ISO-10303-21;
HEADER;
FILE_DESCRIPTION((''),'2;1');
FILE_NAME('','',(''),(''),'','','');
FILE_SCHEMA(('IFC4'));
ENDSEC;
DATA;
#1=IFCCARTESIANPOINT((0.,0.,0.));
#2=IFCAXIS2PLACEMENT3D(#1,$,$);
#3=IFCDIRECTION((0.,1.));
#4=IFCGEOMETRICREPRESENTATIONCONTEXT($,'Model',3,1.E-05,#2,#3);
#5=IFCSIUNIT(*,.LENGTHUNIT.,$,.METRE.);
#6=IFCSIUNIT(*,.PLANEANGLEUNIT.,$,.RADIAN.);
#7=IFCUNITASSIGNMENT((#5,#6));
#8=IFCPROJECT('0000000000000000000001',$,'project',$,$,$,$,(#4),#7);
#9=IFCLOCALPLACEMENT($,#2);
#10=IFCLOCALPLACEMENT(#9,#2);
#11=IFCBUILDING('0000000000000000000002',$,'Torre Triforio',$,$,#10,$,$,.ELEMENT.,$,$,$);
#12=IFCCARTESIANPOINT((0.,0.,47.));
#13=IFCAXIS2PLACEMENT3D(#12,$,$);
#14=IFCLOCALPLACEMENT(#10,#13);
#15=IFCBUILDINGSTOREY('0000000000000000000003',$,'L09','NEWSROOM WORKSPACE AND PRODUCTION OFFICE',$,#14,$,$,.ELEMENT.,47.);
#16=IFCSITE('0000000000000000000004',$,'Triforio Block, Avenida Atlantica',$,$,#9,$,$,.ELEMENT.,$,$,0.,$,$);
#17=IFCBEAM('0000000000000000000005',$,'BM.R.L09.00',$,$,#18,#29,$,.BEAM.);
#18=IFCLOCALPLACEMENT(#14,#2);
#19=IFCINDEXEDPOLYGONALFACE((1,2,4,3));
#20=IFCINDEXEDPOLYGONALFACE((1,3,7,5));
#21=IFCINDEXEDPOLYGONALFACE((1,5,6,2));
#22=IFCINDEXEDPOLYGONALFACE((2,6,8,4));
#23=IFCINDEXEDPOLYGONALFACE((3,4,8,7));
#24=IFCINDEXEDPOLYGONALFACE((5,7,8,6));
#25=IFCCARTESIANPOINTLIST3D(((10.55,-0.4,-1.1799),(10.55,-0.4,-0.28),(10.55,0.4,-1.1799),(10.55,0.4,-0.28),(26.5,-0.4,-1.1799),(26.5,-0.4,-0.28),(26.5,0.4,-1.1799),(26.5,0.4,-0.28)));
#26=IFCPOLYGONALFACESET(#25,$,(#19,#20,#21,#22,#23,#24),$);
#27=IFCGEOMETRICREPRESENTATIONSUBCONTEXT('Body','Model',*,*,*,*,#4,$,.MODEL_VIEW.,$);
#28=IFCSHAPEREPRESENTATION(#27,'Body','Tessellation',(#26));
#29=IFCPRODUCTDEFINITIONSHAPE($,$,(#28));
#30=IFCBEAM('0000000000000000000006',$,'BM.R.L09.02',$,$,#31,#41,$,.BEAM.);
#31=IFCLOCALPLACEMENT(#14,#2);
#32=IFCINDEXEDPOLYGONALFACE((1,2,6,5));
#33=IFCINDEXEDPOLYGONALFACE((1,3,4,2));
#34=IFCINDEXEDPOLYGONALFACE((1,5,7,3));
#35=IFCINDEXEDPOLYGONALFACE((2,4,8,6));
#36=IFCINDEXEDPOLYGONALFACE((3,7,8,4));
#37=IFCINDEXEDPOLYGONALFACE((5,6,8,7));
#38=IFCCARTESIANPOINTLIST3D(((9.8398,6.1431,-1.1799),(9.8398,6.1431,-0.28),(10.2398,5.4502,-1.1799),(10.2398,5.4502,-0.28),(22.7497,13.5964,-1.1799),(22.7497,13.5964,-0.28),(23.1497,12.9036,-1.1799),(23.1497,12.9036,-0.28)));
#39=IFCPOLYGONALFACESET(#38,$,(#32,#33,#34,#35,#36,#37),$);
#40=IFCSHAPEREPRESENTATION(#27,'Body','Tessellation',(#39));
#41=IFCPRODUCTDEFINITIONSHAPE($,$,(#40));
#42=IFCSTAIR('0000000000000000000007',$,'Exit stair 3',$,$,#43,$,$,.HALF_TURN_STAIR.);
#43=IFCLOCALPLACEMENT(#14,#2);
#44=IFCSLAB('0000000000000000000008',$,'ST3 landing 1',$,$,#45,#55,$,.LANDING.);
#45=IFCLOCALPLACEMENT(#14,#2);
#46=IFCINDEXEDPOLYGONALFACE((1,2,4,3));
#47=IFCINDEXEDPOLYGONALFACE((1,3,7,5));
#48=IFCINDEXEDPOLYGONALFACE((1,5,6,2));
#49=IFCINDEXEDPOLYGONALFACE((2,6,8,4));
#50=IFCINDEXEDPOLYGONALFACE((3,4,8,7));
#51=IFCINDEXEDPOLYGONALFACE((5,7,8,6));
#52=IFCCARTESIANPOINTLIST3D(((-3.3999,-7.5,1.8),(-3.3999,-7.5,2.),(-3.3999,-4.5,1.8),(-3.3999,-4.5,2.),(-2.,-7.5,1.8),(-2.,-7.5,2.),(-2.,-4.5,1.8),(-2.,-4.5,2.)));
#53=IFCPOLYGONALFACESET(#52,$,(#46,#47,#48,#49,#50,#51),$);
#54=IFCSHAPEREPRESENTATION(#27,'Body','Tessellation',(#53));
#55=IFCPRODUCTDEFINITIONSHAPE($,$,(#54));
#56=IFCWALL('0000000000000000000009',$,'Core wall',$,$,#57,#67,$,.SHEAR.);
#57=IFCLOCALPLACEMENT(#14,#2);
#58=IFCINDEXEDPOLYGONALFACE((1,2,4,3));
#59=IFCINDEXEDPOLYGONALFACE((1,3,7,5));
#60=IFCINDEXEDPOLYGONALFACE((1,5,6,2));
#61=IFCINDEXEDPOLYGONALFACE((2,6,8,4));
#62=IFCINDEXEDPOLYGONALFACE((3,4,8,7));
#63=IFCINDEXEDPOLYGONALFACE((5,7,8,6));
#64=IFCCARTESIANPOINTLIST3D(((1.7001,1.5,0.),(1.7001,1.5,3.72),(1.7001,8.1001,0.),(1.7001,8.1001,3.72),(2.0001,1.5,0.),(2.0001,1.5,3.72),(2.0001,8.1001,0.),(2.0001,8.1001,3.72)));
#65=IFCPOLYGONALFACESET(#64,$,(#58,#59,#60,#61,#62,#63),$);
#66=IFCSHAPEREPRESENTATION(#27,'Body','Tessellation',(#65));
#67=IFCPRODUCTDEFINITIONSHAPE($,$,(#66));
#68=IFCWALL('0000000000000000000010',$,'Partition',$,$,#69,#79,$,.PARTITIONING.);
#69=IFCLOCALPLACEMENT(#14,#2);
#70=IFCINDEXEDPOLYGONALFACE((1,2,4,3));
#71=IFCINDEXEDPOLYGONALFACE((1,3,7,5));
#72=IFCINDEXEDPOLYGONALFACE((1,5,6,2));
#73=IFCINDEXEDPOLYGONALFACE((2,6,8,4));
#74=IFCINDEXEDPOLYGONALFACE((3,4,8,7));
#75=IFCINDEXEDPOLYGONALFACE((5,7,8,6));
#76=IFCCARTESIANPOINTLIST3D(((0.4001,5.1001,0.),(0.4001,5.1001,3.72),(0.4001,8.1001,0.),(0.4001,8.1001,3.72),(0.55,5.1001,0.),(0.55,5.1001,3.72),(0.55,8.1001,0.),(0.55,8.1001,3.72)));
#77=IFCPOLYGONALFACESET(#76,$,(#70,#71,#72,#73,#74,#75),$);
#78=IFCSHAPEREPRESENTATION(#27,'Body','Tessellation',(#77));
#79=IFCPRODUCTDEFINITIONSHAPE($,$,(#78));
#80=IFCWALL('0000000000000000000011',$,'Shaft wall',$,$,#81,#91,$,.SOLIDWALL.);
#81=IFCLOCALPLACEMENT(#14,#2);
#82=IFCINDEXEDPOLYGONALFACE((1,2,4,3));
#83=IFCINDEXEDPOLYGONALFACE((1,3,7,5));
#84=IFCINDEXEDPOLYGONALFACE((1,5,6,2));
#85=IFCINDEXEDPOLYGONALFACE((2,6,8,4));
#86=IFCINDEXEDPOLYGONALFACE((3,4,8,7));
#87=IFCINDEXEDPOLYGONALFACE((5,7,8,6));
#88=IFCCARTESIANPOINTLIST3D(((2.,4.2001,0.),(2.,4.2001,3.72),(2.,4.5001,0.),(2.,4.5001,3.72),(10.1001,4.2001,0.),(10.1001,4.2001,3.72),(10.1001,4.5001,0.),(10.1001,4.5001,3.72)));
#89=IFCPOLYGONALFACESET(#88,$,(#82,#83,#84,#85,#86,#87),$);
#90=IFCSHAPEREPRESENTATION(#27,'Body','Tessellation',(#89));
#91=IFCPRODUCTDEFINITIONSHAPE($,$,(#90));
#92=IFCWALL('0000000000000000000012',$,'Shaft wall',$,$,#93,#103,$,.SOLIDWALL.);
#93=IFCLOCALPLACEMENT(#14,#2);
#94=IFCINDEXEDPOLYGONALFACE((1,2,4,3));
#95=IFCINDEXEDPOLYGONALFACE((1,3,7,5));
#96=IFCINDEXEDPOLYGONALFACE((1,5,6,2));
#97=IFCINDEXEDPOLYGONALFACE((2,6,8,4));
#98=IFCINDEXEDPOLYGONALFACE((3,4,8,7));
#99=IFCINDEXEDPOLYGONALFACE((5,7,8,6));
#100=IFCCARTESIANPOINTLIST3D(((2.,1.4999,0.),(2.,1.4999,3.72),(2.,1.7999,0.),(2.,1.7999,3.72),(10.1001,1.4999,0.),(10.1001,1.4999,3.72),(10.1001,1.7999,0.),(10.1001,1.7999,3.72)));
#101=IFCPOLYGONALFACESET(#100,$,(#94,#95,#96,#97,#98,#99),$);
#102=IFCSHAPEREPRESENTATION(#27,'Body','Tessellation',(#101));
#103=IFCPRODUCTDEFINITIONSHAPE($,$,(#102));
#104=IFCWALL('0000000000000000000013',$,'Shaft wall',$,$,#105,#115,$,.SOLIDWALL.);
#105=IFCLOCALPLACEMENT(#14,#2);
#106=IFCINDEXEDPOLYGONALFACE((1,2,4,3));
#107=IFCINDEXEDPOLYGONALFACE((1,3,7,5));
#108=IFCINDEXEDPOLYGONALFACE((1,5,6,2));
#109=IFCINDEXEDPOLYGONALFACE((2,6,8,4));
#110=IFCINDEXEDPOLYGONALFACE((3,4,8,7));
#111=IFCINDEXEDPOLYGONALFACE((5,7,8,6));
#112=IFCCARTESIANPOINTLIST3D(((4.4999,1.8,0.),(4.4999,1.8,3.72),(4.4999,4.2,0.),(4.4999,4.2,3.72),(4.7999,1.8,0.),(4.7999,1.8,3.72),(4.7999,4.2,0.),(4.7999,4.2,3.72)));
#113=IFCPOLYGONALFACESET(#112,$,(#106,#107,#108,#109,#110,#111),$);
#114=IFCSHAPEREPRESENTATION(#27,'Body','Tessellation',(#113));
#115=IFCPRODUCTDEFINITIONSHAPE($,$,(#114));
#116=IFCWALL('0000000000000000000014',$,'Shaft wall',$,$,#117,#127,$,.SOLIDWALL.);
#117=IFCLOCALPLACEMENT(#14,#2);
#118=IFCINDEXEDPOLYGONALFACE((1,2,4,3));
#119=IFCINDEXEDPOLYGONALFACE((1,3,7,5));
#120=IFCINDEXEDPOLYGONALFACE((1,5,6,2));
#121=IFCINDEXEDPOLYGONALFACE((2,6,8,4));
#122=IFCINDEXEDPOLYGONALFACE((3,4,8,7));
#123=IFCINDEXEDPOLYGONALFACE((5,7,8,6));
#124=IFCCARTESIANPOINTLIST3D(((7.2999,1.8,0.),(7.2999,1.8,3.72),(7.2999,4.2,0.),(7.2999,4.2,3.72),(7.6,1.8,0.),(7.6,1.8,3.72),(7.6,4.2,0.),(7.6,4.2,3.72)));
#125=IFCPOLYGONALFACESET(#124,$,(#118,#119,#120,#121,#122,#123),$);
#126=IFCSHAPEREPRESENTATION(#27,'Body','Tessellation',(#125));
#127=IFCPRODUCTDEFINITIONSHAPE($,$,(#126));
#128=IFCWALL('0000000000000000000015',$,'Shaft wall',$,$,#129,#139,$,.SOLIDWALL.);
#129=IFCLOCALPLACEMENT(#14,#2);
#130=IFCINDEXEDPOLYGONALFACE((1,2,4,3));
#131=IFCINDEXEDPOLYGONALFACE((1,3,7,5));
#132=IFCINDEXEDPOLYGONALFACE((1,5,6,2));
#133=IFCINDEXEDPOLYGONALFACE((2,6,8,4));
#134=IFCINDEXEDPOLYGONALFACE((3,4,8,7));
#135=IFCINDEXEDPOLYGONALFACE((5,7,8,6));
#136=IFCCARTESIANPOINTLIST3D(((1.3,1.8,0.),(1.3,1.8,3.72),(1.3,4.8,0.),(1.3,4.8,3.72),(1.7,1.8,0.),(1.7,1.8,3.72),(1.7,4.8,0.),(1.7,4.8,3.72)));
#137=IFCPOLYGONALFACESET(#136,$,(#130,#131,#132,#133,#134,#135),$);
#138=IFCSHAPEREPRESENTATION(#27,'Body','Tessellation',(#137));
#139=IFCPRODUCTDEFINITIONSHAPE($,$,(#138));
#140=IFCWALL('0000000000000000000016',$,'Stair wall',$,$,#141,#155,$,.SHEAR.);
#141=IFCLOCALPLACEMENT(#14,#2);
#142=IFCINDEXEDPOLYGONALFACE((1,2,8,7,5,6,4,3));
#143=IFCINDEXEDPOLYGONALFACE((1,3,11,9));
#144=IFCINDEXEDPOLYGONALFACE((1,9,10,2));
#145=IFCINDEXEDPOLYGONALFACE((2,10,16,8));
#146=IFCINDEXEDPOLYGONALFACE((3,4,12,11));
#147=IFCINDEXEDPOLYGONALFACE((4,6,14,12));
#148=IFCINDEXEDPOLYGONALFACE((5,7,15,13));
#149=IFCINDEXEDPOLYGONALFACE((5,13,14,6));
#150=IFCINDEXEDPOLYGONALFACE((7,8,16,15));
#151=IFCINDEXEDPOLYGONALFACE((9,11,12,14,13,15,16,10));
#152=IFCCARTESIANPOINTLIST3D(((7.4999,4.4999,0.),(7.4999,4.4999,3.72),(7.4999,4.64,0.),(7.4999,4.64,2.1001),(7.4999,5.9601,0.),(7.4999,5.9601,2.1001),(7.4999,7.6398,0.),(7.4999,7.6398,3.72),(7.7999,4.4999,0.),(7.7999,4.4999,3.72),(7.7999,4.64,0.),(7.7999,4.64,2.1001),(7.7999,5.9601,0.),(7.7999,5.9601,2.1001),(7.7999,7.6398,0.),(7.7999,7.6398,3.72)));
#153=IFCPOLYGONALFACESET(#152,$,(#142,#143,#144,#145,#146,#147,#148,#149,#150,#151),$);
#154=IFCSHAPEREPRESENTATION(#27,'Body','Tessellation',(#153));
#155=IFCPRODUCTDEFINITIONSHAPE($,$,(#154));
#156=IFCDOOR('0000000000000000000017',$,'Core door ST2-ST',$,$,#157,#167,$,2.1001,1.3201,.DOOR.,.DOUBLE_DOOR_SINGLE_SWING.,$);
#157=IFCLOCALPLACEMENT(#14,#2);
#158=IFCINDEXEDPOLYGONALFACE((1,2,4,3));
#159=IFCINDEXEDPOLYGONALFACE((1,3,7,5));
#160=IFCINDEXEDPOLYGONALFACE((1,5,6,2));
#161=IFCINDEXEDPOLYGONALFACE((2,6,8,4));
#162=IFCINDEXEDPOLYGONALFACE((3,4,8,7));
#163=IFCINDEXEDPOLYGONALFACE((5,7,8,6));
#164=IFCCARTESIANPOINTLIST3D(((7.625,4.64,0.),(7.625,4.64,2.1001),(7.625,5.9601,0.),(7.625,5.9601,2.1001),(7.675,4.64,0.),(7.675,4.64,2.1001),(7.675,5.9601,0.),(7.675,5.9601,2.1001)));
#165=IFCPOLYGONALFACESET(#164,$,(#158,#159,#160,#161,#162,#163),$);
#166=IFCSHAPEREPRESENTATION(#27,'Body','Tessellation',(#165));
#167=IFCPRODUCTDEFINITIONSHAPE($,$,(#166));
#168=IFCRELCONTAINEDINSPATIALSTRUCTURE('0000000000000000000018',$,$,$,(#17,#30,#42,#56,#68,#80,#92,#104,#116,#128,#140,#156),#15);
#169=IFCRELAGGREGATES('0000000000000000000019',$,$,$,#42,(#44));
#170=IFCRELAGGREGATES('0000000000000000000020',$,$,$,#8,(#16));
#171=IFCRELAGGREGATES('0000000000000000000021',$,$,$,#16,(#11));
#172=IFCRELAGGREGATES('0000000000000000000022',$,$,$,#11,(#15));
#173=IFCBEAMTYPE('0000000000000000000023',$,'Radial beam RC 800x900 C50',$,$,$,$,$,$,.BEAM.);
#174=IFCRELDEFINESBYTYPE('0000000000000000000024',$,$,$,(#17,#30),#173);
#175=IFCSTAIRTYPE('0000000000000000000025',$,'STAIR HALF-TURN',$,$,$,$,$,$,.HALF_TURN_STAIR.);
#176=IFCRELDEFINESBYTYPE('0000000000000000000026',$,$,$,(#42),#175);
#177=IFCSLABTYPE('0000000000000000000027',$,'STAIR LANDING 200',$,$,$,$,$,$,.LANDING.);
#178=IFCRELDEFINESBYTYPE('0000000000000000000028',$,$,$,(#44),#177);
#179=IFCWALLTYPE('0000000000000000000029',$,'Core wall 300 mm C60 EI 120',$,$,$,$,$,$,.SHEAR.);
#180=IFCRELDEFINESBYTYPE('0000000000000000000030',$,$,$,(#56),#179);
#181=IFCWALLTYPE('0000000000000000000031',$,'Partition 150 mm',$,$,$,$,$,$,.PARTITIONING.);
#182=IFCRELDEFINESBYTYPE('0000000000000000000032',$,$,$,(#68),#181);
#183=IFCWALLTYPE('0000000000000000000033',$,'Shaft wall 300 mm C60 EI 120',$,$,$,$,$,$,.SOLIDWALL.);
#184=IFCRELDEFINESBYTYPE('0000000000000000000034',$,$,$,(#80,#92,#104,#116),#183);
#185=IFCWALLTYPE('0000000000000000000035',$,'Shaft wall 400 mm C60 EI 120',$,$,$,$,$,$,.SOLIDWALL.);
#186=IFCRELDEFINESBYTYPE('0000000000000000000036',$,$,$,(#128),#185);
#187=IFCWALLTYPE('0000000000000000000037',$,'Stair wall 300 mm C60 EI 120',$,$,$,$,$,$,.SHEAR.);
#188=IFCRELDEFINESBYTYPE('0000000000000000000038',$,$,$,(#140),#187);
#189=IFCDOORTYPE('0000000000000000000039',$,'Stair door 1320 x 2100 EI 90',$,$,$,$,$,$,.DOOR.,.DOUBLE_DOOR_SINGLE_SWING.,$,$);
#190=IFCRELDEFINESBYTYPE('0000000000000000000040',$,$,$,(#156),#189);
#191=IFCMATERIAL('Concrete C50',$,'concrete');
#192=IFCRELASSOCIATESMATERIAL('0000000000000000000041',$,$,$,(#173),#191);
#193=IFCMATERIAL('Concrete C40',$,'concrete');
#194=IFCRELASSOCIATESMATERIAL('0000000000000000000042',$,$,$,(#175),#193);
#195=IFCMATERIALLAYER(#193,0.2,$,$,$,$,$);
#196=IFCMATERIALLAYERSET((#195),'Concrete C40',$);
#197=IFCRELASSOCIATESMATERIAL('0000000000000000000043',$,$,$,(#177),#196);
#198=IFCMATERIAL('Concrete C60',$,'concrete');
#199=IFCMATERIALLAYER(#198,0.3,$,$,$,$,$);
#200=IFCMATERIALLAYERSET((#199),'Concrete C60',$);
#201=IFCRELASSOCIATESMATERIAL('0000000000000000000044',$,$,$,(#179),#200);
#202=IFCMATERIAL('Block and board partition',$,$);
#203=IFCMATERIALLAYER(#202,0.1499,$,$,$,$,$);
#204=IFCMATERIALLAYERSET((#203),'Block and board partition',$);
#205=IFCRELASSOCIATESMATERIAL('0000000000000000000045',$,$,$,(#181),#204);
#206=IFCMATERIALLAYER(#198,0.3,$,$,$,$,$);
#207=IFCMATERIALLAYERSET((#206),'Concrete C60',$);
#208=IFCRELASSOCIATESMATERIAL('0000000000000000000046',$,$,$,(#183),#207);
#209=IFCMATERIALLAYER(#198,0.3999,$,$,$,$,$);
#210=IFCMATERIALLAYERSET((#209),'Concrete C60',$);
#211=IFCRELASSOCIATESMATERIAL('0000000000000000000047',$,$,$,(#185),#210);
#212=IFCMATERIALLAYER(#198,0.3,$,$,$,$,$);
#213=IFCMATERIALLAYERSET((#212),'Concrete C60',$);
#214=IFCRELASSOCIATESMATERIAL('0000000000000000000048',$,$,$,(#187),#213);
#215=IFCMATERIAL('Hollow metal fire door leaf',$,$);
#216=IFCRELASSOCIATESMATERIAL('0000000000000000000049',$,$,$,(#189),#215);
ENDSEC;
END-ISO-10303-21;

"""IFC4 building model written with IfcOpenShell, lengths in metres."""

from ifc_helpers import new_model, si_unit, direction, frame, frame_2d, origin, origin_2d, place, context, subcontext, project, spatial, polyline, rectangle, outline, extrude, material, layer, layer_set, material_profile, profile_set, type_object, element, fill, aggregate, save


model = new_model("IFC4")

# Units and contexts
model_context = context("Model", 3, precision=1e-05, world=origin(), true_north=direction((0.0, 1.0)))
body_context = subcontext(model_context, "Body", "Model", "MODEL_VIEW")
ifc_project = project(units=[si_unit("LENGTHUNIT", "METRE"), si_unit("PLANEANGLEUNIT", "RADIAN")], contexts=[model_context])

# Site, building, storey
site_placement = place(None, origin())
site = spatial("IfcSite", under=ifc_project, at=site_placement, Name="Triforio Block, Avenida Atlantica", CompositionType="ELEMENT", RefElevation=0.0)
building_placement = place(site_placement, origin())
building = spatial("IfcBuilding", under=site, at=building_placement, Name="Torre Triforio", CompositionType="ELEMENT")
storey_placement = place(building_placement, frame((0.0, 0.0, 47.0)))
storey = spatial("IfcBuildingStorey", under=building, at=storey_placement, Name="L09", Description="NEWSROOM WORKSPACE AND PRODUCTION OFFICE", CompositionType="ELEMENT", Elevation=47.0)

# Beams
ifc_material_1 = material(Name="Concrete C50", Category="concrete")
ifc_material_profile = material_profile(ifc_material_1, rectangle(XDim=0.8, YDim=0.8999, at=origin_2d()), Name="RC 800x900")
ifc_profile_set = profile_set([ifc_material_profile], Name="Concrete C50")
beam_type = type_object("IfcBeamType", Name="Radial beam RC 800x900 C50", PredefinedType="BEAM", material=ifc_profile_set)
beam_1_placement = place(storey_placement, frame((10.55, 0.0, -0.73), z_axis=(1.0, 0.0, 0.0), x_axis=(0.0, 1.0, 0.0)))
element("IfcBeam", 1, at=beam_1_placement, inside=storey, type_object=beam_type, Name="BM.R.L09.00", PredefinedType="BEAM", context=body_context, shape_type="SweptSolid", body=[
    extrude(rectangle(XDim=0.8, YDim=0.8999, at=origin_2d()), origin(), (0.0, 0.0, 1.0), 15.95),
])
beam_2_placement = place(storey_placement, frame((10.0398, 5.7966, -0.73), z_axis=(0.86603, 0.499991, 0.0), x_axis=(-0.499991, 0.86603, 0.0)))
element("IfcBeam", 2, at=beam_2_placement, inside=storey, type_object=beam_type, Name="BM.R.L09.02", PredefinedType="BEAM", context=body_context, shape_type="SweptSolid", body=[
    extrude(rectangle(XDim=0.8, YDim=0.8999, at=origin_2d()), origin(), (0.0, 0.0, 1.0), 14.907),
])

# Stair, slab
ifc_material_2 = material(Name="Concrete C40", Category="concrete")
stair_type = type_object("IfcStairType", Name="STAIR HALF-TURN", PredefinedType="HALF_TURN_STAIR", material=ifc_material_2)
stair_1_placement = place(storey_placement, origin())
stair_1 = element("IfcStair", 3, at=stair_1_placement, inside=storey, type_object=stair_type, Name="Exit stair 3", PredefinedType="HALF_TURN_STAIR")
ifc_layer_1 = layer(ifc_material_2, 0.2)
ifc_layer_set_1 = layer_set([ifc_layer_1], Name="Concrete C40")
slab_type = type_object("IfcSlabType", Name="STAIR LANDING 200", PredefinedType="LANDING", material=ifc_layer_set_1)
slab_placement = place(storey_placement, frame((0.0, 0.0, 1.8)))
slab = element("IfcSlab", 4, at=slab_placement, type_object=slab_type, Name="ST3 landing 1", PredefinedType="LANDING", context=body_context, shape_type="SweptSolid", body=[
    extrude(outline(polyline([(-2.0, -7.5), (-2.0, -4.5), (-3.3999, -4.5), (-3.3999, -7.5), (-2.0, -7.5)])), origin(), (0.0, 0.0, 1.0), 0.2),
])
aggregate(stair_1, [slab])

# Walls
ifc_material_3 = material(Name="Concrete C60", Category="concrete")
ifc_layer_2 = layer(ifc_material_3, 0.3)
ifc_layer_set_2 = layer_set([ifc_layer_2], Name="Concrete C60")
wall_type_1 = type_object("IfcWallType", Name="Core wall 300 mm C60 EI 120", PredefinedType="SHEAR", material=ifc_layer_set_2)
wall_1_placement = place(storey_placement, frame((1.8501, 1.5, 0.0), z_axis=(0.0, 0.0, 1.0), x_axis=(0.0, 1.0, 0.0)))
element("IfcWall", 5, at=wall_1_placement, inside=storey, type_object=wall_type_1, Name="Core wall", PredefinedType="SHEAR", context=body_context, shape_type="SweptSolid", body=[
    extrude(rectangle(XDim=6.6001, YDim=0.3, at=frame_2d((3.3, 0.0))), origin(), (0.0, 0.0, 1.0), 3.72),
])
ifc_material_4 = material(Name="Block and board partition")
ifc_layer_3 = layer(ifc_material_4, 0.1499)
ifc_layer_set_3 = layer_set([ifc_layer_3], Name="Block and board partition")
wall_type_2 = type_object("IfcWallType", Name="Partition 150 mm", PredefinedType="PARTITIONING", material=ifc_layer_set_3)
wall_2_placement = place(storey_placement, frame((0.4751, 5.1001, 0.0), z_axis=(0.0, 0.0, 1.0), x_axis=(0.0, 1.0, 0.0)))
element("IfcWall", 6, at=wall_2_placement, inside=storey, type_object=wall_type_2, Name="Partition", PredefinedType="PARTITIONING", context=body_context, shape_type="SweptSolid", body=[
    extrude(rectangle(XDim=3.0, YDim=0.1499, at=frame_2d((1.5, 0.0))), origin(), (0.0, 0.0, 1.0), 3.72),
])
ifc_layer_4 = layer(ifc_material_3, 0.3)
ifc_layer_set_4 = layer_set([ifc_layer_4], Name="Concrete C60")
wall_type_3 = type_object("IfcWallType", Name="Shaft wall 300 mm C60 EI 120", PredefinedType="SOLIDWALL", material=ifc_layer_set_4)
for number, where, z_axis, x_axis, name in (
    (7, (2.0, 4.3501, 0.0), (0.0, 0.0, 1.0), (1.0, 0.0, 0.0), "Shaft wall"),
    (8, (2.0, 1.6499, 0.0), (0.0, 0.0, 1.0), (1.0, 0.0, 0.0), "Shaft wall"),
):
    element("IfcWall", number, at=place(storey_placement, frame(where, z_axis=z_axis, x_axis=x_axis)), inside=storey, type_object=wall_type_3, Name=name, PredefinedType="SOLIDWALL", context=body_context, shape_type="SweptSolid", body=[
        extrude(rectangle(XDim=8.1001, YDim=0.3, at=frame_2d((4.05, 0.0))), origin(), (0.0, 0.0, 1.0), 3.72),
    ])
for number, where, z_axis, x_axis, name in (
    (9, (4.6499, 1.8, 0.0), (0.0, 0.0, 1.0), (0.0, 1.0, 0.0), "Shaft wall"),
    (10, (7.45, 1.8, 0.0), (0.0, 0.0, 1.0), (0.0, 1.0, 0.0), "Shaft wall"),
):
    element("IfcWall", number, at=place(storey_placement, frame(where, z_axis=z_axis, x_axis=x_axis)), inside=storey, type_object=wall_type_3, Name=name, PredefinedType="SOLIDWALL", context=body_context, shape_type="SweptSolid", body=[
        extrude(rectangle(XDim=2.3999, YDim=0.3, at=frame_2d((1.2, 0.0))), origin(), (0.0, 0.0, 1.0), 3.72),
    ])
ifc_layer_5 = layer(ifc_material_3, 0.3999)
ifc_layer_set_5 = layer_set([ifc_layer_5], Name="Concrete C60")
wall_type_4 = type_object("IfcWallType", Name="Shaft wall 400 mm C60 EI 120", PredefinedType="SOLIDWALL", material=ifc_layer_set_5)
wall_3_placement = place(storey_placement, frame((1.5, 1.8, 0.0), z_axis=(0.0, 0.0, 1.0), x_axis=(0.0, 1.0, 0.0)))
element("IfcWall", 11, at=wall_3_placement, inside=storey, type_object=wall_type_4, Name="Shaft wall", PredefinedType="SOLIDWALL", context=body_context, shape_type="SweptSolid", body=[
    extrude(rectangle(XDim=3.0, YDim=0.3999, at=frame_2d((1.5, 0.0))), origin(), (0.0, 0.0, 1.0), 3.72),
])

# Wall, opening, door
ifc_layer_6 = layer(ifc_material_3, 0.3)
ifc_layer_set_6 = layer_set([ifc_layer_6], Name="Concrete C60")
wall_type_5 = type_object("IfcWallType", Name="Stair wall 300 mm C60 EI 120", PredefinedType="SHEAR", material=ifc_layer_set_6)
wall_4_placement = place(storey_placement, frame((7.6499, 4.5, 0.0), z_axis=(0.0, 0.0, 1.0), x_axis=(0.0, 1.0, 0.0)))
wall_4 = element("IfcWall", 12, at=wall_4_placement, inside=storey, type_object=wall_type_5, Name="Stair wall", PredefinedType="SHEAR", context=body_context, shape_type="SweptSolid", body=[
    extrude(rectangle(XDim=3.1399, YDim=0.3, at=frame_2d((1.5698, 0.0))), origin(), (0.0, 0.0, 1.0), 3.72),
])
opening_placement = place(wall_4_placement, frame((0.1399, 0.0, 0.0)))
opening = element("IfcOpeningElement", 13, at=opening_placement, cuts=wall_4, PredefinedType="OPENING", context=body_context, shape_type="SweptSolid", body=[
    extrude(rectangle(XDim=1.3201, YDim=2.1001, at=frame_2d((0.6602, 1.05))), frame((0.0, 0.1599, 0.0), z_axis=(0.0, -1.0, 0.0), x_axis=(1.0, 0.0, 0.0)), (0.0, 0.0, 1.0), 0.3201),
])
ifc_material_5 = material(Name="Hollow metal fire door leaf")
door_type = type_object("IfcDoorType", Name="Stair door 1320 x 2100 EI 90", OperationType="DOUBLE_DOOR_SINGLE_SWING", PredefinedType="DOOR", material=ifc_material_5)
door_placement = place(opening_placement, origin())
door = element("IfcDoor", 14, at=door_placement, inside=storey, type_object=door_type, Name="Core door ST2-ST", OperationType="DOUBLE_DOOR_SINGLE_SWING", OverallHeight=2.1001, OverallWidth=1.3201, PredefinedType="DOOR", context=body_context, shape_type="SweptSolid", body=[
    extrude(rectangle(XDim=1.3201, YDim=2.1001, at=frame_2d((0.6602, 1.05))), frame((0.0, 0.0249, 0.0), z_axis=(0.0, -1.0, 0.0), x_axis=(1.0, 0.0, 0.0)), (0.0, 0.0, 1.0), 0.05),
])
fill(opening, door)

save(model, "model.ifc")
